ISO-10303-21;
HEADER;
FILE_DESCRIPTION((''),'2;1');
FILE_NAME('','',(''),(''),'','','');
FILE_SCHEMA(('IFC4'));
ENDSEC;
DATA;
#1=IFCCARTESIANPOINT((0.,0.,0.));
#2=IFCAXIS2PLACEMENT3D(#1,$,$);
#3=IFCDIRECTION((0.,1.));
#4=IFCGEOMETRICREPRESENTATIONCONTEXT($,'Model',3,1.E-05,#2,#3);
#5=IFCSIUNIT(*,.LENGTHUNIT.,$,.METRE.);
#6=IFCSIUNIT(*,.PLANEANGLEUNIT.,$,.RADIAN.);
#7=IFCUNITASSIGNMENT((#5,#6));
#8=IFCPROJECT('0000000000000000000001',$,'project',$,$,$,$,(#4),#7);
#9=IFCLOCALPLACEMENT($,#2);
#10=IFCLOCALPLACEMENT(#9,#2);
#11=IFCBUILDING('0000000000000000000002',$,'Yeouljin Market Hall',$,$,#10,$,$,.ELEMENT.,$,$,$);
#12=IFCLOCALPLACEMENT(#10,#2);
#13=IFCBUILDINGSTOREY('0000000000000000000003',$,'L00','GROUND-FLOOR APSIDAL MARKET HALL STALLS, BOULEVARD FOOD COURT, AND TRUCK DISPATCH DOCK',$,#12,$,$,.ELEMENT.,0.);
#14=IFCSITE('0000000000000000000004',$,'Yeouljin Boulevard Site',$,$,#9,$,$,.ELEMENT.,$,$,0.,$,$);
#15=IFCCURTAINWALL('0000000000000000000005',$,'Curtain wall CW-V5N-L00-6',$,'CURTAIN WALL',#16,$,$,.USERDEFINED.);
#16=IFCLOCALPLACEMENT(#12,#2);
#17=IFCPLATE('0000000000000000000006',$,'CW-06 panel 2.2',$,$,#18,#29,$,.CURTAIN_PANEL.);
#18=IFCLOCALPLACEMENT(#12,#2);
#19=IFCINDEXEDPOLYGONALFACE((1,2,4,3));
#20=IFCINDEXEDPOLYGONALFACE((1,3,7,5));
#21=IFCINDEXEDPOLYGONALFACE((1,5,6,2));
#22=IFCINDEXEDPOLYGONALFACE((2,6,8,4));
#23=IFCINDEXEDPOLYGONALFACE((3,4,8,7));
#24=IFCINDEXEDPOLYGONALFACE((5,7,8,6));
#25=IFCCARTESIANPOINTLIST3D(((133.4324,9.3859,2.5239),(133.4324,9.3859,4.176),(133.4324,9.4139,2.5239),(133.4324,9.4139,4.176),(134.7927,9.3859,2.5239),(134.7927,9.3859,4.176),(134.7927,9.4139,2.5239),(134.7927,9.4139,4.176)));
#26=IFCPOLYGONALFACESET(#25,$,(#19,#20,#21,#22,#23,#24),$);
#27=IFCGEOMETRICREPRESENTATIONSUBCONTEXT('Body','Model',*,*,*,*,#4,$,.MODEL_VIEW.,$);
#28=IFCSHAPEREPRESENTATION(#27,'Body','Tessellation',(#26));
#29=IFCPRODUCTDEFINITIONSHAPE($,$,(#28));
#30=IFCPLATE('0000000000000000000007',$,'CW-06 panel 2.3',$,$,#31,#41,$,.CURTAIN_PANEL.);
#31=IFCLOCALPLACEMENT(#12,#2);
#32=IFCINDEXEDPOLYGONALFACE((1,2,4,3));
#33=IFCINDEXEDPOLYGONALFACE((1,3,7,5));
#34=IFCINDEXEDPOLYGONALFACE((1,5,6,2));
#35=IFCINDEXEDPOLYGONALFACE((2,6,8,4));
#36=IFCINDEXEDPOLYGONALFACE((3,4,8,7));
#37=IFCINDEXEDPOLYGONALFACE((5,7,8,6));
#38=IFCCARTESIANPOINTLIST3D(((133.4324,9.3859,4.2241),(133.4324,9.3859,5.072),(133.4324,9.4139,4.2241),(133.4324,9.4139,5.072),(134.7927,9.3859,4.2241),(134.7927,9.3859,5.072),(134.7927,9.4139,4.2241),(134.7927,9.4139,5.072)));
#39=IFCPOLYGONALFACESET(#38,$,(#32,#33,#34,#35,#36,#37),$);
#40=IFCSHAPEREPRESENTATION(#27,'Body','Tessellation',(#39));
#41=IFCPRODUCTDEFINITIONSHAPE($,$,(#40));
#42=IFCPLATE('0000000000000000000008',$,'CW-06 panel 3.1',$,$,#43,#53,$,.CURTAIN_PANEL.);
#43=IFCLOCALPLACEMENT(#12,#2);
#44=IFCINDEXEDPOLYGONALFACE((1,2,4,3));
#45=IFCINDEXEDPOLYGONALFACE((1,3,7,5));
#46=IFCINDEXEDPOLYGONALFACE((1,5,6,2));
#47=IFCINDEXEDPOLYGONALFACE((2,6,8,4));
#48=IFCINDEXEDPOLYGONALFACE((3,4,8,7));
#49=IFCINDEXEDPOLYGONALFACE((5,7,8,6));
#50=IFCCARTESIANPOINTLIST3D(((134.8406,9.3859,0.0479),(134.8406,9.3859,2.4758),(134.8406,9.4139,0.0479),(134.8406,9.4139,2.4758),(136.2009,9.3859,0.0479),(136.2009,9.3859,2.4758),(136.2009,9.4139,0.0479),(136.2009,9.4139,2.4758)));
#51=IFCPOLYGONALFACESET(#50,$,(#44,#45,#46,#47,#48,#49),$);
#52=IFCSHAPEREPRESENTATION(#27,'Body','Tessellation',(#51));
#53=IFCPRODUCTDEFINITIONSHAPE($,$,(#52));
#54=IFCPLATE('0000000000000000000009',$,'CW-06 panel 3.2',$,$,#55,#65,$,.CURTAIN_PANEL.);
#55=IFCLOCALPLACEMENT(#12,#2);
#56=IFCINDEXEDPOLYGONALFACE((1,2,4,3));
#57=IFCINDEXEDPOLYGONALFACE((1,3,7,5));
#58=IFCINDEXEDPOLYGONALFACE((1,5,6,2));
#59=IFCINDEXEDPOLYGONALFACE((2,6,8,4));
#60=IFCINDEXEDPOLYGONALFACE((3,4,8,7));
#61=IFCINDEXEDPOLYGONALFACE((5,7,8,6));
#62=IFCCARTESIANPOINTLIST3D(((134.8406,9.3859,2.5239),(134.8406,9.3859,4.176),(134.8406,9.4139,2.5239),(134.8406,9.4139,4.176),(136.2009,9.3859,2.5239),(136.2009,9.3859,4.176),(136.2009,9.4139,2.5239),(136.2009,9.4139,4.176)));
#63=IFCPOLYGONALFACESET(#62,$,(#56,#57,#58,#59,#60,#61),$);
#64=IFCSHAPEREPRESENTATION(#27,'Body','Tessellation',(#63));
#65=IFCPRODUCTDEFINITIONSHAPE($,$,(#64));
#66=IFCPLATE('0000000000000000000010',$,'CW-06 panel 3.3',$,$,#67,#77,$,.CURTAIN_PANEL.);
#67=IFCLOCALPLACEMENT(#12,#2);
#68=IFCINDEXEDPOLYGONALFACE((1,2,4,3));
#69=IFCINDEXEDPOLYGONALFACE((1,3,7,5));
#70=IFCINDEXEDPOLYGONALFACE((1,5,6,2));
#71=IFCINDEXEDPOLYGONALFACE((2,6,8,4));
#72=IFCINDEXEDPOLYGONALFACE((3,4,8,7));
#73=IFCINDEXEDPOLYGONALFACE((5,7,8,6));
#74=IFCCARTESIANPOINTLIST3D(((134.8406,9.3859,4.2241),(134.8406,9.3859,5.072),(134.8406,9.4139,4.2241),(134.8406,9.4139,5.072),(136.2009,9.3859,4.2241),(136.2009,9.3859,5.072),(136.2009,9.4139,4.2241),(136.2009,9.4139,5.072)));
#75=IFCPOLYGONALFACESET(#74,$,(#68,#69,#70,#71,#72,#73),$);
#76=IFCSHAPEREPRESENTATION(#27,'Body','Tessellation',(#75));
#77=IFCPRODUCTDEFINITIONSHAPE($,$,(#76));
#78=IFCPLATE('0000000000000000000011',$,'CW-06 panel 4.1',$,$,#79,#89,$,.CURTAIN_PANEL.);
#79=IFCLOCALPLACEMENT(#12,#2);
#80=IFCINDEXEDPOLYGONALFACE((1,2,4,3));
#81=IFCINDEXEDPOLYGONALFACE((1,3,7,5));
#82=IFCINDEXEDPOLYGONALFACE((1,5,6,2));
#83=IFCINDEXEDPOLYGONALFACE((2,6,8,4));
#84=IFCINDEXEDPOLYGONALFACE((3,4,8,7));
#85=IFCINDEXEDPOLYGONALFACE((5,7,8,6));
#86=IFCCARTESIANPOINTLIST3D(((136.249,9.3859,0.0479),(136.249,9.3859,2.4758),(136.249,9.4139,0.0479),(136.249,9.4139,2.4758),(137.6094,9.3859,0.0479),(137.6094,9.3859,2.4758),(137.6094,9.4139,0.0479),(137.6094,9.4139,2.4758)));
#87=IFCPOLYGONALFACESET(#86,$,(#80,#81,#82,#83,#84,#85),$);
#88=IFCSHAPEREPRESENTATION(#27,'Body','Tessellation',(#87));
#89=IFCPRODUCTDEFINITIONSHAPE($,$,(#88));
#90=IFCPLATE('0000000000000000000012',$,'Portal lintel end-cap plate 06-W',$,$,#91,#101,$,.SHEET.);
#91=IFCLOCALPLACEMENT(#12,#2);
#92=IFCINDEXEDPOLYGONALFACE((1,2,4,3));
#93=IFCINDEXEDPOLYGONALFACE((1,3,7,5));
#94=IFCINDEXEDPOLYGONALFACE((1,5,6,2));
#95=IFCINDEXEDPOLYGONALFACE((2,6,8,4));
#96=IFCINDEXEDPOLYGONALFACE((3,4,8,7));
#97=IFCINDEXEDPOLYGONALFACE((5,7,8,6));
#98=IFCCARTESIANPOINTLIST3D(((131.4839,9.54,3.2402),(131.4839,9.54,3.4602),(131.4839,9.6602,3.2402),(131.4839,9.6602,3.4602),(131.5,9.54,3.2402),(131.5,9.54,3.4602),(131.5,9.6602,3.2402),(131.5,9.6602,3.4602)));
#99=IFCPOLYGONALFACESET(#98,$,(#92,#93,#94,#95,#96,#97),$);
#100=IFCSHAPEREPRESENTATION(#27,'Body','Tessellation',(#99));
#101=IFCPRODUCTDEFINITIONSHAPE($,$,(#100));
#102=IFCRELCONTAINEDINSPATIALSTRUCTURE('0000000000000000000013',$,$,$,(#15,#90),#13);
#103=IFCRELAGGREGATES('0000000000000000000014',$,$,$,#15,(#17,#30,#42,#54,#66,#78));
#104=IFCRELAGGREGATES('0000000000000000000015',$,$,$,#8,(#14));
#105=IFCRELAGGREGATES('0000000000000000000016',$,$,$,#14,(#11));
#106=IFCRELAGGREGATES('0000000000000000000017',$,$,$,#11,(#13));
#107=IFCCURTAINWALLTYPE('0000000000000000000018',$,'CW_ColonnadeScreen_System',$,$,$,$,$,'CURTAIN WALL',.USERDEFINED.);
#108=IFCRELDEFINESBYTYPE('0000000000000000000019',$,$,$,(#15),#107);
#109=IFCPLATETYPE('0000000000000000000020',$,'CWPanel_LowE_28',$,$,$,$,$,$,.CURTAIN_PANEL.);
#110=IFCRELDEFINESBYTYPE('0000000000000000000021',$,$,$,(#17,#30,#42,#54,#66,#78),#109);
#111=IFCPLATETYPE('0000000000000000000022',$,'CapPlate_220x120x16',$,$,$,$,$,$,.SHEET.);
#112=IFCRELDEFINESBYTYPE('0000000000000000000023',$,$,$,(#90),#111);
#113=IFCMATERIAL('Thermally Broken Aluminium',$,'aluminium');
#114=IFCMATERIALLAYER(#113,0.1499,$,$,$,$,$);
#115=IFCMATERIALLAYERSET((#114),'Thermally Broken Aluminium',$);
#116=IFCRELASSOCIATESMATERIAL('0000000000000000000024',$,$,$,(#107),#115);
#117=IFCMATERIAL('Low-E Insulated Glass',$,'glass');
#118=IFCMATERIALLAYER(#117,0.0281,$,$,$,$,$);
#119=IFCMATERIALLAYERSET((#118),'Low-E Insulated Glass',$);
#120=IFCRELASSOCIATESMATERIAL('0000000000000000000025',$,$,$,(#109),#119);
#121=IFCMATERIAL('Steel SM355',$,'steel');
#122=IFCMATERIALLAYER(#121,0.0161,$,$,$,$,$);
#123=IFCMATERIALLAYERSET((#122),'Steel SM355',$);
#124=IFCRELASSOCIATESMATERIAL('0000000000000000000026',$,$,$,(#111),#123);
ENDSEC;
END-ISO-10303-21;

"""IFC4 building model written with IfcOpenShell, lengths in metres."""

from ifc_helpers import new_model, si_unit, direction, frame, origin, origin_2d, place, context, subcontext, project, spatial, rectangle, extrude, material, layer, layer_set, type_object, element, aggregate, save


model = new_model("IFC4")

# Units and contexts
model_context = context("Model", 3, precision=1e-05, world=origin(), true_north=direction((0.0, 1.0)))
body_context = subcontext(model_context, "Body", "Model", "MODEL_VIEW")
ifc_project = project(units=[si_unit("LENGTHUNIT", "METRE"), si_unit("PLANEANGLEUNIT", "RADIAN")], contexts=[model_context])

# Site, building, storey
site_placement = place(None, origin())
site = spatial("IfcSite", under=ifc_project, at=site_placement, Name="Yeouljin Boulevard Site", CompositionType="ELEMENT", RefElevation=0.0)
building_placement = place(site_placement, origin())
building = spatial("IfcBuilding", under=site, at=building_placement, Name="Yeouljin Market Hall", CompositionType="ELEMENT")
storey_placement = place(building_placement, origin())
storey = spatial("IfcBuildingStorey", under=building, at=storey_placement, Name="L00", Description="GROUND-FLOOR APSIDAL MARKET HALL STALLS, BOULEVARD FOOD COURT, AND TRUCK DISPATCH DOCK", CompositionType="ELEMENT", Elevation=0.0)

# Curtain wall
ifc_material_1 = material(Name="Thermally Broken Aluminium", Category="aluminium")
ifc_layer_1 = layer(ifc_material_1, 0.1499)
ifc_layer_set_1 = layer_set([ifc_layer_1], Name="Thermally Broken Aluminium")
curtain_wall_type = type_object("IfcCurtainWallType", Name="CW_ColonnadeScreen_System", ElementType="CURTAIN WALL", PredefinedType="USERDEFINED", material=ifc_layer_set_1)
curtain_wall_placement = place(storey_placement, origin())
curtain_wall = element("IfcCurtainWall", 1, at=curtain_wall_placement, inside=storey, type_object=curtain_wall_type, Name="Curtain wall CW-V5N-L00-6", ObjectType="CURTAIN WALL", PredefinedType="USERDEFINED")

# Plates
ifc_material_2 = material(Name="Low-E Insulated Glass", Category="glass")
ifc_layer_2 = layer(ifc_material_2, 0.0281)
ifc_layer_set_2 = layer_set([ifc_layer_2], Name="Low-E Insulated Glass")
plate_type_1 = type_object("IfcPlateType", Name="CWPanel_LowE_28", PredefinedType="CURTAIN_PANEL", material=ifc_layer_set_2)
plate_1_placement = place(storey_placement, frame((134.1125, 9.3999, 2.5239), z_axis=(0.0, 0.0, 1.0), x_axis=(1.0, 0.0, 0.0)))
plate_1 = element("IfcPlate", 2, at=plate_1_placement, type_object=plate_type_1, Name="CW-06 panel 2.2", PredefinedType="CURTAIN_PANEL", context=body_context, shape_type="SweptSolid", body=[
    extrude(rectangle(XDim=1.3604, YDim=0.0281, at=origin_2d()), origin(), (0.0, 0.0, 1.0), 1.6521),
])
plate_2_placement = place(storey_placement, frame((134.1125, 9.3999, 4.2241), z_axis=(0.0, 0.0, 1.0), x_axis=(1.0, 0.0, 0.0)))
plate_2 = element("IfcPlate", 3, at=plate_2_placement, type_object=plate_type_1, Name="CW-06 panel 2.3", PredefinedType="CURTAIN_PANEL", context=body_context, shape_type="SweptSolid", body=[
    extrude(rectangle(XDim=1.3604, YDim=0.0281, at=origin_2d()), origin(), (0.0, 0.0, 1.0), 0.8479),
])
plate_3_placement = place(storey_placement, frame((135.5208, 9.3999, 0.0479), z_axis=(0.0, 0.0, 1.0), x_axis=(1.0, 0.0, 0.0)))
plate_3 = element("IfcPlate", 4, at=plate_3_placement, type_object=plate_type_1, Name="CW-06 panel 3.1", PredefinedType="CURTAIN_PANEL", context=body_context, shape_type="SweptSolid", body=[
    extrude(rectangle(XDim=1.3604, YDim=0.0281, at=origin_2d()), origin(), (0.0, 0.0, 1.0), 2.428),
])
plate_4_placement = place(storey_placement, frame((135.5208, 9.3999, 2.5239), z_axis=(0.0, 0.0, 1.0), x_axis=(1.0, 0.0, 0.0)))
plate_4 = element("IfcPlate", 5, at=plate_4_placement, type_object=plate_type_1, Name="CW-06 panel 3.2", PredefinedType="CURTAIN_PANEL", context=body_context, shape_type="SweptSolid", body=[
    extrude(rectangle(XDim=1.3604, YDim=0.0281, at=origin_2d()), origin(), (0.0, 0.0, 1.0), 1.6521),
])
plate_5_placement = place(storey_placement, frame((135.5208, 9.3999, 4.2241), z_axis=(0.0, 0.0, 1.0), x_axis=(1.0, 0.0, 0.0)))
plate_5 = element("IfcPlate", 6, at=plate_5_placement, type_object=plate_type_1, Name="CW-06 panel 3.3", PredefinedType="CURTAIN_PANEL", context=body_context, shape_type="SweptSolid", body=[
    extrude(rectangle(XDim=1.3604, YDim=0.0281, at=origin_2d()), origin(), (0.0, 0.0, 1.0), 0.8479),
])
plate_6_placement = place(storey_placement, frame((136.9292, 9.3999, 0.0479), z_axis=(0.0, 0.0, 1.0), x_axis=(1.0, 0.0, 0.0)))
plate_6 = element("IfcPlate", 7, at=plate_6_placement, type_object=plate_type_1, Name="CW-06 panel 4.1", PredefinedType="CURTAIN_PANEL", context=body_context, shape_type="SweptSolid", body=[
    extrude(rectangle(XDim=1.3604, YDim=0.0281, at=origin_2d()), origin(), (0.0, 0.0, 1.0), 2.428),
])
aggregate(curtain_wall, [plate_1, plate_2, plate_3, plate_4, plate_5, plate_6])
ifc_material_3 = material(Name="Steel SM355", Category="steel")
ifc_layer_3 = layer(ifc_material_3, 0.0161)
ifc_layer_set_3 = layer_set([ifc_layer_3], Name="Steel SM355")
plate_type_2 = type_object("IfcPlateType", Name="CapPlate_220x120x16", PredefinedType="SHEET", material=ifc_layer_set_3)
plate_7_placement = place(storey_placement, frame((131.4919, 9.6001, 3.2402), z_axis=(0.0, 0.0, 1.0), x_axis=(0.0, 1.0, 0.0)))
element("IfcPlate", 8, at=plate_7_placement, inside=storey, type_object=plate_type_2, Name="Portal lintel end-cap plate 06-W", PredefinedType="SHEET", context=body_context, shape_type="SweptSolid", body=[
    extrude(rectangle(XDim=0.1201, YDim=0.0161, at=origin_2d()), origin(), (0.0, 0.0, 1.0), 0.22),
])

save(model, "model.ifc")
